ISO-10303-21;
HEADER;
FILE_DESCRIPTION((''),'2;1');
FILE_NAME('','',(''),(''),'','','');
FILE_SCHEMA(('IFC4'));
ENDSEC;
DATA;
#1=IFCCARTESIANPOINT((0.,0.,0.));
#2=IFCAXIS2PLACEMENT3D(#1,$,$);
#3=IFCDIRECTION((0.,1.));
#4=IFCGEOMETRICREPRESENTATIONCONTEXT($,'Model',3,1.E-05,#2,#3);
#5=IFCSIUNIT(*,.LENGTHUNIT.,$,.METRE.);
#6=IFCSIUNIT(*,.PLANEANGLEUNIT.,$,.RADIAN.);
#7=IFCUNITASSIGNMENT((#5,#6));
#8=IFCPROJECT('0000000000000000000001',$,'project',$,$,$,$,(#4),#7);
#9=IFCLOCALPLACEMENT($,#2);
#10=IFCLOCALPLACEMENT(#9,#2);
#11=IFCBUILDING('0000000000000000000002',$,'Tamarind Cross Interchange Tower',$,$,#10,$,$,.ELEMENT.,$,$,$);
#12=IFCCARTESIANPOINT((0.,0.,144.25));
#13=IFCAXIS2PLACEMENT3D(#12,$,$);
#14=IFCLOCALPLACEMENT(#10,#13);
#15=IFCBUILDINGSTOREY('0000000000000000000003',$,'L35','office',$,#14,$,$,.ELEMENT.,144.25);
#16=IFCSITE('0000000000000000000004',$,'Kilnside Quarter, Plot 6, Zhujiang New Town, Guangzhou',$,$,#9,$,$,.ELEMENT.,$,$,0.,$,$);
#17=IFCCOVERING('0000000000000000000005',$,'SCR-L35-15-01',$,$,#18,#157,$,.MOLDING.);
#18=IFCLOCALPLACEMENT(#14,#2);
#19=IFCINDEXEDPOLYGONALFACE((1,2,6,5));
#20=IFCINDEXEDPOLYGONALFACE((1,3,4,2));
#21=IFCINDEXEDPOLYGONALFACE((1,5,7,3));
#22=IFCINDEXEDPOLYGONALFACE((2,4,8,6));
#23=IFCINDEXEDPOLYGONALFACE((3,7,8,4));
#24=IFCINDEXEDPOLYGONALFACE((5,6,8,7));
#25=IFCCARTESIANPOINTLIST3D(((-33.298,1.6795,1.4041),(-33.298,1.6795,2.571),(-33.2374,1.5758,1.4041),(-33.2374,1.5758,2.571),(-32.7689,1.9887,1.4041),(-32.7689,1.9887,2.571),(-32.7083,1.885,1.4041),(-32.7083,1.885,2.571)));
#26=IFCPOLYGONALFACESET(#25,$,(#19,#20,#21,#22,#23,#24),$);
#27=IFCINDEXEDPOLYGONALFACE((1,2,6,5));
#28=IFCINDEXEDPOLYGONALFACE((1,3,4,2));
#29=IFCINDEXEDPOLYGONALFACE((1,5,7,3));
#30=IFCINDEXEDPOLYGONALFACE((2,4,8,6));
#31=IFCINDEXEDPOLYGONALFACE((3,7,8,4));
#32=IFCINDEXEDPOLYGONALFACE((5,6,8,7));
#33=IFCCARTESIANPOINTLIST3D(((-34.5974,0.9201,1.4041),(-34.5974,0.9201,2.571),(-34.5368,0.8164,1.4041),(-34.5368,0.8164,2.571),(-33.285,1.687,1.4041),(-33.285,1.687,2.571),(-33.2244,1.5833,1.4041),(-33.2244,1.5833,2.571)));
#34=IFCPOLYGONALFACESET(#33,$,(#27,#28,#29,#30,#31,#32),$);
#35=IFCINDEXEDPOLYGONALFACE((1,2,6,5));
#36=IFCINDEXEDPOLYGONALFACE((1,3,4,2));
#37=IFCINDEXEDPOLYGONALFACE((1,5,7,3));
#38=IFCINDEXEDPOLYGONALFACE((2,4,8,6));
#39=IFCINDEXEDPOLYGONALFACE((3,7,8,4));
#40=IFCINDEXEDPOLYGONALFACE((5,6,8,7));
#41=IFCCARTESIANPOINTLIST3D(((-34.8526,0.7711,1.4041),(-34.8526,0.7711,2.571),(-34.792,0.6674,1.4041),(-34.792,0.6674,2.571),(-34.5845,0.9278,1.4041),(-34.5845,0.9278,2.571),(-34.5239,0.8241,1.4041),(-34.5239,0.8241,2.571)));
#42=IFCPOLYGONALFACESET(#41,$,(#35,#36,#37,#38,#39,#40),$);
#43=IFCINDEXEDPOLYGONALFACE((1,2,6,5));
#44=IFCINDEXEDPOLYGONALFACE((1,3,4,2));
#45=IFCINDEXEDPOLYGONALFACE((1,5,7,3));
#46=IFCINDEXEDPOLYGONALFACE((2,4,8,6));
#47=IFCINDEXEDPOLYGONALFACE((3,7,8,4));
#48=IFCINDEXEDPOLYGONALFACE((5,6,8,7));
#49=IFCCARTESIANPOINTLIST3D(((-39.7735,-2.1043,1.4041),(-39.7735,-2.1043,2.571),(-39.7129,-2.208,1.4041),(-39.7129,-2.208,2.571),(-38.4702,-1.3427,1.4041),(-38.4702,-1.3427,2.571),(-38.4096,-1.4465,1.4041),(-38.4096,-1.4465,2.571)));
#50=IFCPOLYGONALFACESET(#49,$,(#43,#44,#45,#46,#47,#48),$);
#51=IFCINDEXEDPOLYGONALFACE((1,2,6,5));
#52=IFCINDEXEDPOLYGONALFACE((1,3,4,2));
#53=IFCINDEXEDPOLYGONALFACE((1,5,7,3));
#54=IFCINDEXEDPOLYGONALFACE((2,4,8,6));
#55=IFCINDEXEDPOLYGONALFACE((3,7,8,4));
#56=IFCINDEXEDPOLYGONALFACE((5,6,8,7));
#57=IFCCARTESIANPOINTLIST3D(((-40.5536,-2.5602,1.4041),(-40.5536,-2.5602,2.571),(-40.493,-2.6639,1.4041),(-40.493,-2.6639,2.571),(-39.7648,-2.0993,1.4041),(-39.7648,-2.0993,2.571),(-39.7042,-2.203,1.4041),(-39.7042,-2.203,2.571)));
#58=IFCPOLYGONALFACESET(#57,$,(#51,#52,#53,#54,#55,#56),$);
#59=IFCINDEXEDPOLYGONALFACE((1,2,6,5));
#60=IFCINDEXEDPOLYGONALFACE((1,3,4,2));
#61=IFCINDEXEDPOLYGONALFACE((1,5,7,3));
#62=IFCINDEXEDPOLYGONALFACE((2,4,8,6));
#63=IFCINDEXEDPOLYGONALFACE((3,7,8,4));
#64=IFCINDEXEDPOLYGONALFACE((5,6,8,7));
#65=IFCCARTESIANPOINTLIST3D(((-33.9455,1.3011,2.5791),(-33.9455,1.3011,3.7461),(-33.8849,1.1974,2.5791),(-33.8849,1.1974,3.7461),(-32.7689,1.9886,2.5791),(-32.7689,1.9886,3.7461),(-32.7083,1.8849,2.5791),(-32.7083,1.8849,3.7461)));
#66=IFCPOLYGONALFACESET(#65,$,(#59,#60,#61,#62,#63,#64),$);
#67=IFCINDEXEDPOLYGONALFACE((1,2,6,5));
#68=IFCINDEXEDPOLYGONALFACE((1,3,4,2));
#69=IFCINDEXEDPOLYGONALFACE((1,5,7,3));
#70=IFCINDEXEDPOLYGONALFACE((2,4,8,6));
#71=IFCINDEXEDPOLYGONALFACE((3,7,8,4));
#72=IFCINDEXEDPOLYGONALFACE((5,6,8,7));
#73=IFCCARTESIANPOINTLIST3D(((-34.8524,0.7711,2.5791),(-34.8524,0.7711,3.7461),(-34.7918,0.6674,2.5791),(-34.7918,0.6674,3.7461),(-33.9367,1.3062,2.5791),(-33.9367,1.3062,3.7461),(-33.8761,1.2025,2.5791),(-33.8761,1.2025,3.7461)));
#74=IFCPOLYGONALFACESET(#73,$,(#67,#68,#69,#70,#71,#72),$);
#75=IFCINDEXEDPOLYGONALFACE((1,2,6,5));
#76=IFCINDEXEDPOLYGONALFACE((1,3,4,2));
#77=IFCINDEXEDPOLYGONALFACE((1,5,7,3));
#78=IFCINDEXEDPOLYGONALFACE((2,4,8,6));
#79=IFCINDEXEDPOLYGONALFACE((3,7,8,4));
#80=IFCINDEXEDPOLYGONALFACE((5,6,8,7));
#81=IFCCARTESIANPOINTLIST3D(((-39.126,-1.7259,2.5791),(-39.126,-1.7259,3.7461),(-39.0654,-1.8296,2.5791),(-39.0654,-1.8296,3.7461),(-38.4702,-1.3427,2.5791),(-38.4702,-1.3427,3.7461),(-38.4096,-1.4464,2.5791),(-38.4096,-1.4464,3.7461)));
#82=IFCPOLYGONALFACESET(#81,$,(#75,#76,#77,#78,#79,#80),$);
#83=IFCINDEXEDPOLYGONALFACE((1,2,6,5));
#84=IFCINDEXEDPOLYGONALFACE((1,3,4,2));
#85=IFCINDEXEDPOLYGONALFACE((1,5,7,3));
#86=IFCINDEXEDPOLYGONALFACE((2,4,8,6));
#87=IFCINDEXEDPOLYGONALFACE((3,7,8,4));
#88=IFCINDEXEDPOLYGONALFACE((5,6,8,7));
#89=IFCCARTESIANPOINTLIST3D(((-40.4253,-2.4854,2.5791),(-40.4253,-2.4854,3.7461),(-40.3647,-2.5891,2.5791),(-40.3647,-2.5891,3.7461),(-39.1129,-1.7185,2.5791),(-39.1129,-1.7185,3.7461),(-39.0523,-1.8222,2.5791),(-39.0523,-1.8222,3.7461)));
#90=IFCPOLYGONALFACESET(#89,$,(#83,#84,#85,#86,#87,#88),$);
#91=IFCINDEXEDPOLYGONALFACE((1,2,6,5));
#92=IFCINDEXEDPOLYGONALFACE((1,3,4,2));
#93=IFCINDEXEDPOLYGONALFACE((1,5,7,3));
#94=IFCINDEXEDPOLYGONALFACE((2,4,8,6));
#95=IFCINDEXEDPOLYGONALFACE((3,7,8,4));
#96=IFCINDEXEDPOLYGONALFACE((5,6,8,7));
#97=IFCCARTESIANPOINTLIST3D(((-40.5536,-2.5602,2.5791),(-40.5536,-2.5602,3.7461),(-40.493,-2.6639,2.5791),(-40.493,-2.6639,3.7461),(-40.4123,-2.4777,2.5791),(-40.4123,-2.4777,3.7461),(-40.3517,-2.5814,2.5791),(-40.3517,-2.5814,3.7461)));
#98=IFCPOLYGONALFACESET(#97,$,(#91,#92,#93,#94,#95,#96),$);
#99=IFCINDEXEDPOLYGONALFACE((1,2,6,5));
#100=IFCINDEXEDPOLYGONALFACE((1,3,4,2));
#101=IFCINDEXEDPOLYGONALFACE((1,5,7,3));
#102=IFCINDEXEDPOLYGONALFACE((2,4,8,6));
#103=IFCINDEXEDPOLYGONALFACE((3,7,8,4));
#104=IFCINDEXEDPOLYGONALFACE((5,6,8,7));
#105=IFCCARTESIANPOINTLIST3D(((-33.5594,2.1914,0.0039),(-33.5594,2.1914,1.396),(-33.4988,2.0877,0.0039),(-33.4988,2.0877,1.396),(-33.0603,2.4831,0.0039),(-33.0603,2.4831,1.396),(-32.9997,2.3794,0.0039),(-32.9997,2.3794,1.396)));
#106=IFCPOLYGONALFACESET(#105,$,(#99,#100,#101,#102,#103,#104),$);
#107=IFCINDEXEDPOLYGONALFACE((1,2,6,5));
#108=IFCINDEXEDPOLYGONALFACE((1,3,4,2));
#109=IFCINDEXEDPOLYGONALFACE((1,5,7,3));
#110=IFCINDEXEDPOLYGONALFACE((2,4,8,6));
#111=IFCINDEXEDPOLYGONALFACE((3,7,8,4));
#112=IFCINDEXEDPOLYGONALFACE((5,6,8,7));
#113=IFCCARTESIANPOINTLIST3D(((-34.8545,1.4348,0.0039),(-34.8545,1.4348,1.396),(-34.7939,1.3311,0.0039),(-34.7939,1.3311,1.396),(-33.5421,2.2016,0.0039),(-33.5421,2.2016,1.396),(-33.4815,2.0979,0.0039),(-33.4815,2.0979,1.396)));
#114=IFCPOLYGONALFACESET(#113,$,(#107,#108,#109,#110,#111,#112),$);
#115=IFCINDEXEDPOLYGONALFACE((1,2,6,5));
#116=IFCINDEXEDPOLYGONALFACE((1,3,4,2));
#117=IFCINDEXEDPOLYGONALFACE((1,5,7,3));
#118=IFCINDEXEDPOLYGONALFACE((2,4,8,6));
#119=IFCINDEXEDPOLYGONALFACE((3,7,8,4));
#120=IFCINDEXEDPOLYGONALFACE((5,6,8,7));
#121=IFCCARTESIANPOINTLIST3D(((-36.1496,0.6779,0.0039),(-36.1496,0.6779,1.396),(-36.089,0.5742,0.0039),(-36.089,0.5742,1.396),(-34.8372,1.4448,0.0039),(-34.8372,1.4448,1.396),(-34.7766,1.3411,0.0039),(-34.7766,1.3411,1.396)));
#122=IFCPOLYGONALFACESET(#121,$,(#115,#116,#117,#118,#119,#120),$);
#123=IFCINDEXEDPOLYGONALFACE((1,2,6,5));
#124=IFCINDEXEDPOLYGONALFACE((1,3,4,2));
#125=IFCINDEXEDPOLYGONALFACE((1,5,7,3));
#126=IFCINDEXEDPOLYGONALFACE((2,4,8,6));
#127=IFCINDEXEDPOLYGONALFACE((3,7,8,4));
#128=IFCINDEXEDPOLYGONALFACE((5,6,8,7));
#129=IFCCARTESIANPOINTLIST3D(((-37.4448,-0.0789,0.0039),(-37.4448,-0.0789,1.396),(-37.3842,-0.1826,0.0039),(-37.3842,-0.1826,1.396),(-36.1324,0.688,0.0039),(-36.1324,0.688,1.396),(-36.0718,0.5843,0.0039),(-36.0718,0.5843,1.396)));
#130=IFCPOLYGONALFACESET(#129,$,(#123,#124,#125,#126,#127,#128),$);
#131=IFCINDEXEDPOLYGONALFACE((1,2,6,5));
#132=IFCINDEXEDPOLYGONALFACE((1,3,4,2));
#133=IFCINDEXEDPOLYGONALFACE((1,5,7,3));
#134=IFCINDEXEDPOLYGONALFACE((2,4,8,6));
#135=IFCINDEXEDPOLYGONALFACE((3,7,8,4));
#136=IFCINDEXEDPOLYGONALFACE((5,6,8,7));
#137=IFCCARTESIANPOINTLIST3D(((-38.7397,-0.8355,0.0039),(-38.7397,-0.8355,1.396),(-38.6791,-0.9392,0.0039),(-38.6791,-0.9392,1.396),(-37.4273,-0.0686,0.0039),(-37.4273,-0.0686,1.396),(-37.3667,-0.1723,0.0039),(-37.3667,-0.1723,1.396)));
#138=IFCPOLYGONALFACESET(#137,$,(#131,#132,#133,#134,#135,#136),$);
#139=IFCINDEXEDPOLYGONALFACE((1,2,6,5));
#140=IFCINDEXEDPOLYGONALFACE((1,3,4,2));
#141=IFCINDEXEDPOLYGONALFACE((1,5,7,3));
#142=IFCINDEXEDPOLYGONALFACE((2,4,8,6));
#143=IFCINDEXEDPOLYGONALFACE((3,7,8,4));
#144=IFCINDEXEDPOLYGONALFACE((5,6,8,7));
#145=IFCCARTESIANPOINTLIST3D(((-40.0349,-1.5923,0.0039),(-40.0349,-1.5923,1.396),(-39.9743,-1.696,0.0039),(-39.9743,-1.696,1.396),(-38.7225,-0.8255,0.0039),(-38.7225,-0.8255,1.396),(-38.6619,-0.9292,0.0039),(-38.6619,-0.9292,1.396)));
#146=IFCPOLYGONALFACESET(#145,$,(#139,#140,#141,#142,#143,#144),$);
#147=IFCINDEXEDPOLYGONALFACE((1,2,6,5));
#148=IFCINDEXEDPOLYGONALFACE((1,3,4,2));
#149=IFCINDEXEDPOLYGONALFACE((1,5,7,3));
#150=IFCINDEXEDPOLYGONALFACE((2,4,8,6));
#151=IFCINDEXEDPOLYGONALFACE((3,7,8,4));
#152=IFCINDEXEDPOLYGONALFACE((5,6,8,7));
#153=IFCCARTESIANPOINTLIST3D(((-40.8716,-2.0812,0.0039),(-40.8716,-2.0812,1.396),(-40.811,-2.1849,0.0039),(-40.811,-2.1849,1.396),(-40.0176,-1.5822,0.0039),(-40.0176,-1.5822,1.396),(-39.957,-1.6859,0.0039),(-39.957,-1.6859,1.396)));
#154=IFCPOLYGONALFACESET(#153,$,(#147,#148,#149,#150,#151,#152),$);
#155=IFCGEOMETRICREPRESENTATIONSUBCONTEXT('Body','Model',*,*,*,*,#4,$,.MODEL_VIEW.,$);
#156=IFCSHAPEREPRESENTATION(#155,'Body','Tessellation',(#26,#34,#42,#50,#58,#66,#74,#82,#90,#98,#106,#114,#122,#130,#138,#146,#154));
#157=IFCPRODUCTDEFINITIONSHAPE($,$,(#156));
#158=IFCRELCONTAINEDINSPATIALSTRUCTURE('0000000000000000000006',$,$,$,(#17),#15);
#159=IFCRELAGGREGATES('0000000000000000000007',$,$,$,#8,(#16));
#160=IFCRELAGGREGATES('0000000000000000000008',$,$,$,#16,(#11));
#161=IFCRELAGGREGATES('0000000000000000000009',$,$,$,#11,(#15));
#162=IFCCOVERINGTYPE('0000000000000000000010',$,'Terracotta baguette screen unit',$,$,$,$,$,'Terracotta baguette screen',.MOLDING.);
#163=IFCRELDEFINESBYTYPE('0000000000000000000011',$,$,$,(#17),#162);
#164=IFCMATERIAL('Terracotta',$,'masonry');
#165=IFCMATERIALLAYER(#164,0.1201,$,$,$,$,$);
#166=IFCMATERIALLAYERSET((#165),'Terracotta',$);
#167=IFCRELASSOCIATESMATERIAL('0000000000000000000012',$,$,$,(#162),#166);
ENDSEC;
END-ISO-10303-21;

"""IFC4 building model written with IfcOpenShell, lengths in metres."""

from ifc_helpers import new_model, si_unit, direction, frame, origin, origin_2d, place, context, subcontext, project, spatial, rectangle, extrude, material, layer, layer_set, type_object, element, save


model = new_model("IFC4")

# Units and contexts
model_context = context("Model", 3, precision=1e-05, world=origin(), true_north=direction((0.0, 1.0)))
body_context = subcontext(model_context, "Body", "Model", "MODEL_VIEW")
ifc_project = project(units=[si_unit("LENGTHUNIT", "METRE"), si_unit("PLANEANGLEUNIT", "RADIAN")], contexts=[model_context])

# Site, building, storey
site_placement = place(None, origin())
site = spatial("IfcSite", under=ifc_project, at=site_placement, Name="Kilnside Quarter, Plot 6, Zhujiang New Town, Guangzhou", CompositionType="ELEMENT", RefElevation=0.0)
building_placement = place(site_placement, origin())
building = spatial("IfcBuilding", under=site, at=building_placement, Name="Tamarind Cross Interchange Tower", CompositionType="ELEMENT")
storey_placement = place(building_placement, frame((0.0, 0.0, 144.25)))
storey = spatial("IfcBuildingStorey", under=building, at=storey_placement, Name="L35", Description="office", CompositionType="ELEMENT", Elevation=144.25)

# Covering
ifc_material_1 = material(Name="Terracotta", Category="masonry")
ifc_layer_1 = layer(ifc_material_1, 0.1201)
ifc_layer_set_1 = layer_set([ifc_layer_1], Name="Terracotta")
covering_type = type_object("IfcCoveringType", Name="Terracotta baguette screen unit", ElementType="Terracotta baguette screen", PredefinedType="MOLDING", material=ifc_layer_set_1)
covering_1_placement = place(storey_placement, origin())
element("IfcCovering", 1, at=covering_1_placement, inside=storey, type_object=covering_type, Name="SCR-L35-15-01", PredefinedType="MOLDING", context=body_context, shape_type="SweptSolid", body=[
    extrude(rectangle(XDim=0.6128, YDim=0.1201, at=origin_2d()), frame((-33.0032, 1.7822, 1.4041), z_axis=(0.0, 0.0, 1.0), x_axis=(-0.863403, -0.504516, 0.0)), (0.0, 0.0, 1.0), 1.167),
    extrude(rectangle(XDim=1.52, YDim=0.1201, at=origin_2d()), frame((-33.9109, 1.2517, 1.4041), z_axis=(0.0, 0.0, 1.0), x_axis=(-0.863403, -0.504516, 0.0)), (0.0, 0.0, 1.0), 1.167),
    extrude(rectangle(XDim=0.3105, YDim=0.1201, at=origin_2d()), frame((-34.6882, 0.7976, 1.4041), z_axis=(0.0, 0.0, 1.0), x_axis=(-0.863403, -0.504516, 0.0)), (0.0, 0.0, 1.0), 1.167),
    extrude(rectangle(XDim=1.5095, YDim=0.1201, at=origin_2d()), frame((-39.0916, -1.7754, 1.4041), z_axis=(0.0, 0.0, 1.0), x_axis=(-0.863403, -0.504516, 0.0)), (0.0, 0.0, 1.0), 1.167),
    extrude(rectangle(XDim=0.9136, YDim=0.1201, at=origin_2d()), frame((-40.1289, -2.3816, 1.4041), z_axis=(0.0, 0.0, 1.0), x_axis=(-0.863403, -0.504516, 0.0)), (0.0, 0.0, 1.0), 1.167),
    extrude(rectangle(XDim=1.3628, YDim=0.1201, at=origin_2d()), frame((-33.3269, 1.593, 2.5791), z_axis=(0.0, 0.0, 1.0), x_axis=(-0.863403, -0.504516, 0.0)), (0.0, 0.0, 1.0), 1.167),
    extrude(rectangle(XDim=1.0605, YDim=0.1201, at=origin_2d()), frame((-34.3643, 0.9868, 2.5791), z_axis=(0.0, 0.0, 1.0), x_axis=(-0.863403, -0.504516, 0.0)), (0.0, 0.0, 1.0), 1.167),
    extrude(rectangle(XDim=0.7595, YDim=0.1201, at=origin_2d()), frame((-38.7678, -1.5862, 2.5791), z_axis=(0.0, 0.0, 1.0), x_axis=(-0.863403, -0.504516, 0.0)), (0.0, 0.0, 1.0), 1.167),
    extrude(rectangle(XDim=1.52, YDim=0.1201, at=origin_2d()), frame((-39.7388, -2.1538, 2.5791), z_axis=(0.0, 0.0, 1.0), x_axis=(-0.863403, -0.504516, 0.0)), (0.0, 0.0, 1.0), 1.167),
    extrude(rectangle(XDim=0.1636, YDim=0.1201, at=origin_2d()), frame((-40.4526, -2.5708, 2.5791), z_axis=(0.0, 0.0, 1.0), x_axis=(-0.863403, -0.504516, 0.0)), (0.0, 0.0, 1.0), 1.167),
    extrude(rectangle(XDim=0.5781, YDim=0.1201, at=origin_2d()), frame((-33.2795, 2.2854, 0.0039), z_axis=(0.0, 0.0, 1.0), x_axis=(-0.863403, -0.504516, 0.0)), (0.0, 0.0, 1.0), 1.3921),
    extrude(rectangle(XDim=1.52, YDim=0.1201, at=origin_2d()), frame((-34.168, 1.7664, 0.0039), z_axis=(0.0, 0.0, 1.0), x_axis=(-0.863403, -0.504516, 0.0)), (0.0, 0.0, 1.0), 1.3921),
    extrude(rectangle(XDim=1.52, YDim=0.1201, at=origin_2d()), frame((-35.4631, 1.0095, 0.0039), z_axis=(0.0, 0.0, 1.0), x_axis=(-0.863403, -0.504516, 0.0)), (0.0, 0.0, 1.0), 1.3921),
    extrude(rectangle(XDim=1.52, YDim=0.1201, at=origin_2d()), frame((-36.7583, 0.2527, 0.0039), z_axis=(0.0, 0.0, 1.0), x_axis=(-0.863403, -0.504516, 0.0)), (0.0, 0.0, 1.0), 1.3921),
    extrude(rectangle(XDim=1.52, YDim=0.1201, at=origin_2d()), frame((-38.0532, -0.5039, 0.0039), z_axis=(0.0, 0.0, 1.0), x_axis=(-0.863403, -0.504516, 0.0)), (0.0, 0.0, 1.0), 1.3921),
    extrude(rectangle(XDim=1.52, YDim=0.1201, at=origin_2d()), frame((-39.3484, -1.2607, 0.0039), z_axis=(0.0, 0.0, 1.0), x_axis=(-0.863403, -0.504516, 0.0)), (0.0, 0.0, 1.0), 1.3921),
    extrude(rectangle(XDim=0.989, YDim=0.1201, at=origin_2d()), frame((-40.4143, -1.8835, 0.0039), z_axis=(0.0, 0.0, 1.0), x_axis=(-0.863403, -0.504516, 0.0)), (0.0, 0.0, 1.0), 1.3921),
])

save(model, "model.ifc")
